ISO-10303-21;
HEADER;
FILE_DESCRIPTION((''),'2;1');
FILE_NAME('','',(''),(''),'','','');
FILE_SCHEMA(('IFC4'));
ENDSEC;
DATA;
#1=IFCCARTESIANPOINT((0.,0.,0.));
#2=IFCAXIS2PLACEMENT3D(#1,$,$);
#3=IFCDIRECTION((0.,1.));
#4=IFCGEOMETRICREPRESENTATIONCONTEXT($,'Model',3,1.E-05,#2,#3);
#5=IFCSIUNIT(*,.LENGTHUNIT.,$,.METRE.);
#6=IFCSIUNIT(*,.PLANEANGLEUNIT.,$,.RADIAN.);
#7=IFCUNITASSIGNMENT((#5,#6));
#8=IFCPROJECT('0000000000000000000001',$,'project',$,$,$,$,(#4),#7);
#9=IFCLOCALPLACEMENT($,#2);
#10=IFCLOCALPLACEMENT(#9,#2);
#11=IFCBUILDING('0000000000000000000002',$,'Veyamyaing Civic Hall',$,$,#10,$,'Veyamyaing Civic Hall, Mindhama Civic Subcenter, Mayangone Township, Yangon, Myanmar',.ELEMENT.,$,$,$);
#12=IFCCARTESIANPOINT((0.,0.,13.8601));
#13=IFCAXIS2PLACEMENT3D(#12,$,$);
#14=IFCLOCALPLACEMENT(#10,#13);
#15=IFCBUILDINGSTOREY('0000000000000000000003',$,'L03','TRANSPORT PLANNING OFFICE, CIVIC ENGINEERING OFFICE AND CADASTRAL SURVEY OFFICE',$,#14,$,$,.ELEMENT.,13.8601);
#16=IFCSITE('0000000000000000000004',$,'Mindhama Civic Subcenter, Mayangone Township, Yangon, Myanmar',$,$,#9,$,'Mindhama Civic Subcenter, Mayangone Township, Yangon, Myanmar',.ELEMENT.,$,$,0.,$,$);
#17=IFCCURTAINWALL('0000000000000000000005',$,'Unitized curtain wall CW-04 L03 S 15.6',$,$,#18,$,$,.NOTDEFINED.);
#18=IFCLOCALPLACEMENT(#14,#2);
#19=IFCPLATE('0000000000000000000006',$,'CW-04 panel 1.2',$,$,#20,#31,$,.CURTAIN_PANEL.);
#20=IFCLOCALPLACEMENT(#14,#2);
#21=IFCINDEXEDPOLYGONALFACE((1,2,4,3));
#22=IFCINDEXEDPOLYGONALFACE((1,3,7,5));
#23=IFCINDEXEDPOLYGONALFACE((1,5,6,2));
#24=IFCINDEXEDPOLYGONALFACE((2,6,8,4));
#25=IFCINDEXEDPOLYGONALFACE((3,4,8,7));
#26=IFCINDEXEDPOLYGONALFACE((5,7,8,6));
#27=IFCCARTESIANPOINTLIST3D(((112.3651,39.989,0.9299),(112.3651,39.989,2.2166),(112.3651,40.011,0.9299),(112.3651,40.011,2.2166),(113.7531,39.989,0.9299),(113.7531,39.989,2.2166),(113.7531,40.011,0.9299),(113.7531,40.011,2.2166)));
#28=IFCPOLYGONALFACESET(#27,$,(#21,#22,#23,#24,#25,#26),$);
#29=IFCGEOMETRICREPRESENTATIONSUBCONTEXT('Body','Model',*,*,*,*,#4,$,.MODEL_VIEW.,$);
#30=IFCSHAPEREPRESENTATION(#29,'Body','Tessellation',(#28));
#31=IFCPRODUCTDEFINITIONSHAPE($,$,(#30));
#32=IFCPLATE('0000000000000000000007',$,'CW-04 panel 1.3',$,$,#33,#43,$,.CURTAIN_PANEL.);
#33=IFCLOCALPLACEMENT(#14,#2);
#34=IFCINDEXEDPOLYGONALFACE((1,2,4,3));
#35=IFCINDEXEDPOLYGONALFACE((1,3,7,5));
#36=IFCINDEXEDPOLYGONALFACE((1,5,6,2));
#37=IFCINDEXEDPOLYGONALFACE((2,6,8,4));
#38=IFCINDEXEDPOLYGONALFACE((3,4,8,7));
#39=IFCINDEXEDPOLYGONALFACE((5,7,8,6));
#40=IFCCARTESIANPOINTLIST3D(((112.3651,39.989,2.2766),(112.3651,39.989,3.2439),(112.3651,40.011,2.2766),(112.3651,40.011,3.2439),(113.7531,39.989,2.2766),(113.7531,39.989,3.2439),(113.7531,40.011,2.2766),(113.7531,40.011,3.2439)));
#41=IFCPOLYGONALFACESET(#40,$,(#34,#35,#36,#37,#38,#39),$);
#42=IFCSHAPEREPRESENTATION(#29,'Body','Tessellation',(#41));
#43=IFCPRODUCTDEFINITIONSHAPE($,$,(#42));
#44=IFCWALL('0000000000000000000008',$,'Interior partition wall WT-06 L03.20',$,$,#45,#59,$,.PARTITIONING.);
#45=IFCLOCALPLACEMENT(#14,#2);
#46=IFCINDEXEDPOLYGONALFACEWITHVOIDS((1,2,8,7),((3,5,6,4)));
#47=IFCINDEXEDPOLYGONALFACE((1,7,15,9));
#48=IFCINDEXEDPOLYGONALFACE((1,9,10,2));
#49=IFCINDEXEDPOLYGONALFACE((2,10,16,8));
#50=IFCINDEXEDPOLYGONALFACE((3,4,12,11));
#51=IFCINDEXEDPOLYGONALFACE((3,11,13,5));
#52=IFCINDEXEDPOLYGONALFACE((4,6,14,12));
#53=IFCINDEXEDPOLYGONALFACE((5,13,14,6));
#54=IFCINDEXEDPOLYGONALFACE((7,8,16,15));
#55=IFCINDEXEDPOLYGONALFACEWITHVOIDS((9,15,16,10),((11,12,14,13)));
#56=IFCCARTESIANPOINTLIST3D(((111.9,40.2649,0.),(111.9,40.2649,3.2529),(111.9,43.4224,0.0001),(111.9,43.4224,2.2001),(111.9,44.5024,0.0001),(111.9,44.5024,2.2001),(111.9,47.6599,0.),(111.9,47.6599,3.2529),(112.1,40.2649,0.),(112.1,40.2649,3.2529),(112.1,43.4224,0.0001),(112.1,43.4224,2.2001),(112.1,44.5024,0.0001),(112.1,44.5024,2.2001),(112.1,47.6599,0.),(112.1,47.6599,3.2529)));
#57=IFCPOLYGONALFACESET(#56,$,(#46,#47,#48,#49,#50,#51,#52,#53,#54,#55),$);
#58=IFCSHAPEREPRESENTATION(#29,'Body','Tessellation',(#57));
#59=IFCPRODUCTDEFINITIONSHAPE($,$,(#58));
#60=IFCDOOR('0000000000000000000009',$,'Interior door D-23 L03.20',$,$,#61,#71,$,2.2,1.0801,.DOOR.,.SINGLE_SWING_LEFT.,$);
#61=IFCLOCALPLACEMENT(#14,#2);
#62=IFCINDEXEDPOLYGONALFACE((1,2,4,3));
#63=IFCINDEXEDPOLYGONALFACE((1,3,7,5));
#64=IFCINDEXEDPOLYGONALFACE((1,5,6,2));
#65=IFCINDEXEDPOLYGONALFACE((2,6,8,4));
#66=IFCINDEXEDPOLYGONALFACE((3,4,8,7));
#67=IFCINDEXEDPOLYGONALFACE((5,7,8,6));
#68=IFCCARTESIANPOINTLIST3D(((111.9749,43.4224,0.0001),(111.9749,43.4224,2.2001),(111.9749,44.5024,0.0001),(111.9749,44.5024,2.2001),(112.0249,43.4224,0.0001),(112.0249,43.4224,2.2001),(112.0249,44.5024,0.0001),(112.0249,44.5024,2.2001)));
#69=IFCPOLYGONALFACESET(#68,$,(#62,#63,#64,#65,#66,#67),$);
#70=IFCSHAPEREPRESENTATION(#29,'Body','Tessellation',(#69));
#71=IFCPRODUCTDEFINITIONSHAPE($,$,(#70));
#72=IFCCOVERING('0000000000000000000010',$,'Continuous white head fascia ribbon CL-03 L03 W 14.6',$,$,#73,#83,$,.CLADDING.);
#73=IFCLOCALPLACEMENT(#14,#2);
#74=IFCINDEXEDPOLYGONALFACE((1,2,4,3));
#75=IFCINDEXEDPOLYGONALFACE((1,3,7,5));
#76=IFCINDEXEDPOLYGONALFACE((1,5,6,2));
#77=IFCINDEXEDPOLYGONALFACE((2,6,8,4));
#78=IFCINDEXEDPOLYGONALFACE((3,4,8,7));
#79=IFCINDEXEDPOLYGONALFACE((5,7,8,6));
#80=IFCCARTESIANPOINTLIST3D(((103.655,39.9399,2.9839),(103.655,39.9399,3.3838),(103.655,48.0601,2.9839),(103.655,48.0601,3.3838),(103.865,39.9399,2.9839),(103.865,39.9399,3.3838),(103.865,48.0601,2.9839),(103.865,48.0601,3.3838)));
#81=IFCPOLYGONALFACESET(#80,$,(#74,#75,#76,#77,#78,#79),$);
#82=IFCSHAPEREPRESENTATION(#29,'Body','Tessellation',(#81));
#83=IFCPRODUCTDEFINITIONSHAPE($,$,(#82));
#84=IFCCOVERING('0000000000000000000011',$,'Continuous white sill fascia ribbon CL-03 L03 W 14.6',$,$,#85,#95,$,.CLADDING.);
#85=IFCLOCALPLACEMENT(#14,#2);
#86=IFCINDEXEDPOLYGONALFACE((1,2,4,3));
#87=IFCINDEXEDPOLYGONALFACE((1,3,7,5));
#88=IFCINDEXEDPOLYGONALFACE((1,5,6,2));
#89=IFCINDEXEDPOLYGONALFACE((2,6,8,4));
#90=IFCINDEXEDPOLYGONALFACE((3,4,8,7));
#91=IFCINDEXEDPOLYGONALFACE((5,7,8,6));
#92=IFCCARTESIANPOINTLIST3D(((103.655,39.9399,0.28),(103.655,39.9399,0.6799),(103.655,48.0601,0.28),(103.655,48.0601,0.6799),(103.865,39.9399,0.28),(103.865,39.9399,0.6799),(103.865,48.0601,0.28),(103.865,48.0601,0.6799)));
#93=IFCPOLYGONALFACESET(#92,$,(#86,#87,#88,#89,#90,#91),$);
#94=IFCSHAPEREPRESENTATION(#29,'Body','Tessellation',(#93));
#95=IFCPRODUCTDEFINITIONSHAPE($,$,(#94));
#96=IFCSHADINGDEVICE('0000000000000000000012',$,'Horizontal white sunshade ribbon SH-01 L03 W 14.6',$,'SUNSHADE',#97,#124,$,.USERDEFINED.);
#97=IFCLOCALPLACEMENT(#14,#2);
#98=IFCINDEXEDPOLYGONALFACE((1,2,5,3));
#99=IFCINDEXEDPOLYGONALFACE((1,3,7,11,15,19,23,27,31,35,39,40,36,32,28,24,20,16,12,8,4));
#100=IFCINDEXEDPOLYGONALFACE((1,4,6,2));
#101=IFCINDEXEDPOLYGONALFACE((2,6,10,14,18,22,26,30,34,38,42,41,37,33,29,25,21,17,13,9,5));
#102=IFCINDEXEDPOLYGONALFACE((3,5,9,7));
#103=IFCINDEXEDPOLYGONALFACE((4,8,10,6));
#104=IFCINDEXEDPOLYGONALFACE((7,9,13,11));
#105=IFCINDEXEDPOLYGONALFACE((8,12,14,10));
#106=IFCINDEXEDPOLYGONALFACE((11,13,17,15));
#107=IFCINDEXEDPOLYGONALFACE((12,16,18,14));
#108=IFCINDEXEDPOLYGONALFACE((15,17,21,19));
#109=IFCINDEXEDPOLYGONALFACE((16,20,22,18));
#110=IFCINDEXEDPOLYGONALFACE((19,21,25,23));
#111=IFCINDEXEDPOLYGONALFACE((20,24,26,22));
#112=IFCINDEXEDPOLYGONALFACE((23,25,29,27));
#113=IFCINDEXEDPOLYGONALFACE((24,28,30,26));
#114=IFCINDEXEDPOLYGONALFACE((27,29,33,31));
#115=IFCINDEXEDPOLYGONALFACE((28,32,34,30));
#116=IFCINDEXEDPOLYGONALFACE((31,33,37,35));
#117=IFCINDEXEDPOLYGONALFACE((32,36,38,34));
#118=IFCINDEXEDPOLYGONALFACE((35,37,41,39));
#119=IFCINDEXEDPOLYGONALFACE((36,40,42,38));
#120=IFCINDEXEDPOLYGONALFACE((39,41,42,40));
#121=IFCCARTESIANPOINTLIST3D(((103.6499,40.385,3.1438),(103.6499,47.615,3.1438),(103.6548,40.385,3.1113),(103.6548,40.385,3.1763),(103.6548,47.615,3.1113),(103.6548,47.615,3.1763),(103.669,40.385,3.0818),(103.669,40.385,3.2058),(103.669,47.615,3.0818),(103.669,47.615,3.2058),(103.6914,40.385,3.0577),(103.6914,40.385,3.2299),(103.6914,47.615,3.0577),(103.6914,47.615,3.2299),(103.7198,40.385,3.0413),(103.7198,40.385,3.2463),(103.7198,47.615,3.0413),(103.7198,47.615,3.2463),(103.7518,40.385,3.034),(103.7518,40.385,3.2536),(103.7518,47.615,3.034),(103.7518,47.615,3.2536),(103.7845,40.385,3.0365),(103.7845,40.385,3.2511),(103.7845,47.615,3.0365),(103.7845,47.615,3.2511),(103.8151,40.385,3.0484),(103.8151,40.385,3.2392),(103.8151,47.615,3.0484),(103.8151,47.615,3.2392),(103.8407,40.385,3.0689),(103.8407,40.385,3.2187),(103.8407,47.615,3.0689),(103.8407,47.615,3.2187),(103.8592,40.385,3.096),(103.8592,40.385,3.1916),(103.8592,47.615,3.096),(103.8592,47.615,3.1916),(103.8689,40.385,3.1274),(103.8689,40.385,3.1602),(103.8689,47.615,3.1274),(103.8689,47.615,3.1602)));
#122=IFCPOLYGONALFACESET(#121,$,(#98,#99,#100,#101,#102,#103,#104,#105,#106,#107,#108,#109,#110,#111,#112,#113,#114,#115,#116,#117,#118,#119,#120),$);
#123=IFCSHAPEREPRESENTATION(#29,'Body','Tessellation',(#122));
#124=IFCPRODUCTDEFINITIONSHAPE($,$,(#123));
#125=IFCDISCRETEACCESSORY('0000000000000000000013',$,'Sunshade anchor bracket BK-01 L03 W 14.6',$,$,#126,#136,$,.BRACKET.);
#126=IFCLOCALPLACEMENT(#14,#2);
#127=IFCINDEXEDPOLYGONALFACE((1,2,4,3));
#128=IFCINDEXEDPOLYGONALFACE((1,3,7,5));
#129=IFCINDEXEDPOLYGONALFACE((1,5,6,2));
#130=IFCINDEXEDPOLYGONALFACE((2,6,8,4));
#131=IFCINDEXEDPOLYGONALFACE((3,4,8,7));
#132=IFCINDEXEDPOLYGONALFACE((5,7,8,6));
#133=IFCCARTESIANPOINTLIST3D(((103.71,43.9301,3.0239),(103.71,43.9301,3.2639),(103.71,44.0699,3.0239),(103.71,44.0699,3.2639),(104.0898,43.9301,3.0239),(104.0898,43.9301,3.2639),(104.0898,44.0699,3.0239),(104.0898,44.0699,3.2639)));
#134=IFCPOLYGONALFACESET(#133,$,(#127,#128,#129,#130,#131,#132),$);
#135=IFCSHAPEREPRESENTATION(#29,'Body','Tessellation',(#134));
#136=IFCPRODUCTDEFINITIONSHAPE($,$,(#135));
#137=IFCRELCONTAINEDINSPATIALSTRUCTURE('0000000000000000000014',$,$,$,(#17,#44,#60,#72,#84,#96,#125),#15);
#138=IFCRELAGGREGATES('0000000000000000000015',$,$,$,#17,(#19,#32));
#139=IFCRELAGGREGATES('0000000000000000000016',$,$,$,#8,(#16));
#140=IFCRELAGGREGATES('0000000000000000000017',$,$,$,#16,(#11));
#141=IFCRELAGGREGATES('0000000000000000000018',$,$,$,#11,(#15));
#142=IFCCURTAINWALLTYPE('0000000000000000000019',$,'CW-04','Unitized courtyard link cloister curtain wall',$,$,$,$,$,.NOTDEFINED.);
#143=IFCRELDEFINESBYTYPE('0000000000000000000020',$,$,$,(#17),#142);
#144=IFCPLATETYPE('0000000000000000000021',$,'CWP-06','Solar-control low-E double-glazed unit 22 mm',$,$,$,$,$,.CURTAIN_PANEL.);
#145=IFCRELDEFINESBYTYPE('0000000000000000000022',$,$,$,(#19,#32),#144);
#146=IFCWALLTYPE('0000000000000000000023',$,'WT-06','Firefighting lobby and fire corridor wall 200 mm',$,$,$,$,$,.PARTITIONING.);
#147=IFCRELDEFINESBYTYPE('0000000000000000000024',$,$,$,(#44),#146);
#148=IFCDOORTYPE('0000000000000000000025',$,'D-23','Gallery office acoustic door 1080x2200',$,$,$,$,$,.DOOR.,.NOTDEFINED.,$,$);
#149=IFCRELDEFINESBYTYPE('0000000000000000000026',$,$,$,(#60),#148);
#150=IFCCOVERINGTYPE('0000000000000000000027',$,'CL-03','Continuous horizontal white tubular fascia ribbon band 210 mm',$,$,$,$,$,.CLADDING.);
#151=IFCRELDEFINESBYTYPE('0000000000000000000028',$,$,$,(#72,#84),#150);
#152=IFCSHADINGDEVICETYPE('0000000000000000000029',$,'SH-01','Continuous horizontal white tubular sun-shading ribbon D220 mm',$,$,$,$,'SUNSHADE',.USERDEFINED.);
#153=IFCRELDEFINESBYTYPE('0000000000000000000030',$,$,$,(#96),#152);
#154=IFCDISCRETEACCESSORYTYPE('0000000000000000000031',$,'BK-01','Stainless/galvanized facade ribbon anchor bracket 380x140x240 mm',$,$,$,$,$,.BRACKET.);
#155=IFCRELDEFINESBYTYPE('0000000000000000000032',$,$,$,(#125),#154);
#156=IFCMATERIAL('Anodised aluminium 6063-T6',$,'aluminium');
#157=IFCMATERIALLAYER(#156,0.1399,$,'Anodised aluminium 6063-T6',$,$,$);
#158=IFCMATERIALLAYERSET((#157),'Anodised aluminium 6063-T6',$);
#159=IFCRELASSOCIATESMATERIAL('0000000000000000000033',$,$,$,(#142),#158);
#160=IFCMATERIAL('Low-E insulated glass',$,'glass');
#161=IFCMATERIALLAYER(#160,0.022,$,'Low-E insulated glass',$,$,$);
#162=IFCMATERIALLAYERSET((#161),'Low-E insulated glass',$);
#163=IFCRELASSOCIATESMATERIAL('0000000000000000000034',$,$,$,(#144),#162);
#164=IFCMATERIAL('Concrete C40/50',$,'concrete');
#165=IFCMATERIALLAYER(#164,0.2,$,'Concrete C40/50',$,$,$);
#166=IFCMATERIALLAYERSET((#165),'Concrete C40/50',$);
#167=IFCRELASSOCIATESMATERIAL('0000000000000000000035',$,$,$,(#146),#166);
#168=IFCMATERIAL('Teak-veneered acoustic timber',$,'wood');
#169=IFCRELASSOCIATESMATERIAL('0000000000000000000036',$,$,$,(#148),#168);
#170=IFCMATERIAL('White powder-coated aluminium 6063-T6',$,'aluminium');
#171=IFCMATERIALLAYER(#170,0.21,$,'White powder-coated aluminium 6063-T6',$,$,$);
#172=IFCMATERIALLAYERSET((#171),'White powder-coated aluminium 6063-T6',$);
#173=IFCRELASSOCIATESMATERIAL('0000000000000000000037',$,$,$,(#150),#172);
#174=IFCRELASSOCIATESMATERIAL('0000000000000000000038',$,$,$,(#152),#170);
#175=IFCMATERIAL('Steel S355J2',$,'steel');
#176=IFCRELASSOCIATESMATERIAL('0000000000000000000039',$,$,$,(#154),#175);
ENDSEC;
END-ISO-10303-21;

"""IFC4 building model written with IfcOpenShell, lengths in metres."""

from ifc_helpers import new_model, si_unit, direction, frame, frame_2d, origin, origin_2d, place, context, subcontext, project, spatial, rectangle, circle, extrude, material, layer, layer_set, material_profile, profile_set, type_object, element, fill, aggregate, save


model = new_model("IFC4")

# Units and contexts
model_context = context("Model", 3, precision=1e-05, world=origin(), true_north=direction((0.0, 1.0)))
body_context = subcontext(model_context, "Body", "Model", "MODEL_VIEW")
ifc_project = project(units=[si_unit("LENGTHUNIT", "METRE"), si_unit("PLANEANGLEUNIT", "RADIAN")], contexts=[model_context])

# Site, building, storey
site_placement = place(None, origin())
site = spatial("IfcSite", under=ifc_project, at=site_placement, Name="Mindhama Civic Subcenter, Mayangone Township, Yangon, Myanmar", LongName="Mindhama Civic Subcenter, Mayangone Township, Yangon, Myanmar", CompositionType="ELEMENT", RefElevation=0.0)
building_placement = place(site_placement, origin())
building = spatial("IfcBuilding", under=site, at=building_placement, Name="Veyamyaing Civic Hall", LongName="Veyamyaing Civic Hall, Mindhama Civic Subcenter, Mayangone Township, Yangon, Myanmar", CompositionType="ELEMENT")
storey_placement = place(building_placement, frame((0.0, 0.0, 13.8601)))
storey = spatial("IfcBuildingStorey", under=building, at=storey_placement, Name="L03", Description="TRANSPORT PLANNING OFFICE, CIVIC ENGINEERING OFFICE AND CADASTRAL SURVEY OFFICE", CompositionType="ELEMENT", Elevation=13.8601)

# Shared definitions
ifc_material_1 = material(Name="Anodised aluminium 6063-T6", Category="aluminium")

# Curtain wall
ifc_layer_1 = layer(ifc_material_1, 0.1399, Name="Anodised aluminium 6063-T6")
ifc_layer_set_1 = layer_set([ifc_layer_1], Name="Anodised aluminium 6063-T6")
curtain_wall_type_1 = type_object("IfcCurtainWallType", Name="CW-04", Description="Unitized courtyard link cloister curtain wall", PredefinedType="NOTDEFINED", material=ifc_layer_set_1)
curtain_wall_1_placement = place(storey_placement, origin())
curtain_wall_1 = element("IfcCurtainWall", 1, at=curtain_wall_1_placement, inside=storey, type_object=curtain_wall_type_1, Name="Unitized curtain wall CW-04 L03 S 15.6", PredefinedType="NOTDEFINED")

# Plates
ifc_material_2 = material(Name="Low-E insulated glass", Category="glass")
ifc_layer_2 = layer(ifc_material_2, 0.022, Name="Low-E insulated glass")
ifc_layer_set_2 = layer_set([ifc_layer_2], Name="Low-E insulated glass")
plate_type_1 = type_object("IfcPlateType", Name="CWP-06", Description="Solar-control low-E double-glazed unit 22 mm", PredefinedType="CURTAIN_PANEL", material=ifc_layer_set_2)
plate_1_placement = place(storey_placement, frame((113.0591, 40.0, 0.9299), z_axis=(0.0, 0.0, 1.0), x_axis=(1.0, 0.0, 0.0)))
plate_1 = element("IfcPlate", 2, at=plate_1_placement, type_object=plate_type_1, Name="CW-04 panel 1.2", PredefinedType="CURTAIN_PANEL", context=body_context, shape_type="SweptSolid", body=[
    extrude(rectangle(XDim=1.3879, YDim=0.022, at=origin_2d()), origin(), (0.0, 0.0, 1.0), 1.2866),
])
plate_2_placement = place(storey_placement, frame((113.0591, 40.0, 2.2766), z_axis=(0.0, 0.0, 1.0), x_axis=(1.0, 0.0, 0.0)))
plate_2 = element("IfcPlate", 3, at=plate_2_placement, type_object=plate_type_1, Name="CW-04 panel 1.3", PredefinedType="CURTAIN_PANEL", context=body_context, shape_type="SweptSolid", body=[
    extrude(rectangle(XDim=1.3879, YDim=0.022, at=origin_2d()), origin(), (0.0, 0.0, 1.0), 0.9673),
])
aggregate(curtain_wall_1, [plate_1, plate_2])

# Wall, opening, door
ifc_material_3 = material(Name="Concrete C40/50", Category="concrete")
ifc_layer_3 = layer(ifc_material_3, 0.2, Name="Concrete C40/50")
ifc_layer_set_3 = layer_set([ifc_layer_3], Name="Concrete C40/50")
wall_type = type_object("IfcWallType", Name="WT-06", Description="Firefighting lobby and fire corridor wall 200 mm", PredefinedType="PARTITIONING", material=ifc_layer_set_3)
wall_placement = place(storey_placement, frame((112.0, 40.2649, 0.0), z_axis=(0.0, 0.0, 1.0), x_axis=(0.0, 1.0, 0.0)))
wall = element("IfcWall", 4, at=wall_placement, inside=storey, type_object=wall_type, Name="Interior partition wall WT-06 L03.20", PredefinedType="PARTITIONING", context=body_context, shape_type="SweptSolid", body=[
    extrude(rectangle(XDim=7.395, YDim=0.2, at=frame_2d((3.6975, 0.0))), origin(), (0.0, 0.0, 1.0), 3.2529),
])
opening_placement = place(wall_placement, frame((3.1575, 0.0, 0.0)))
opening = element("IfcOpeningElement", 5, at=opening_placement, cuts=wall, PredefinedType="OPENING", context=body_context, shape_type="SweptSolid", body=[
    extrude(rectangle(XDim=1.0801, YDim=2.2, at=frame_2d((0.54, 1.1001))), frame((0.0, 0.1099, 0.0), z_axis=(0.0, -1.0, 0.0), x_axis=(1.0, 0.0, 0.0)), (0.0, 0.0, 1.0), 0.22),
])
ifc_material_4 = material(Name="Teak-veneered acoustic timber", Category="wood")
door_type = type_object("IfcDoorType", Name="D-23", Description="Gallery office acoustic door 1080x2200", OperationType="NOTDEFINED", PredefinedType="DOOR", material=ifc_material_4)
door_placement = place(opening_placement, frame((1.0801, 0.0, 0.0), z_axis=(0.0, 0.0, 1.0), x_axis=(-1.0, 0.0, 0.0)))
door = element("IfcDoor", 6, at=door_placement, inside=storey, type_object=door_type, Name="Interior door D-23 L03.20", OperationType="SINGLE_SWING_LEFT", OverallHeight=2.2, OverallWidth=1.0801, PredefinedType="DOOR", context=body_context, shape_type="SweptSolid", body=[
    extrude(rectangle(XDim=1.0801, YDim=2.2, at=frame_2d((0.54, 1.1001))), frame((0.0, 0.0249, 0.0), z_axis=(0.0, -1.0, 0.0), x_axis=(1.0, 0.0, 0.0)), (0.0, 0.0, 1.0), 0.05),
])
fill(opening, door)

# Coverings
ifc_material_5 = material(Name="White powder-coated aluminium 6063-T6", Category="aluminium")
ifc_layer_4 = layer(ifc_material_5, 0.21, Name="White powder-coated aluminium 6063-T6")
ifc_layer_set_4 = layer_set([ifc_layer_4], Name="White powder-coated aluminium 6063-T6")
covering_type = type_object("IfcCoveringType", Name="CL-03", Description="Continuous horizontal white tubular fascia ribbon band 210 mm", PredefinedType="CLADDING", material=ifc_layer_set_4)
for number, where, z_axis, x_axis, name in (
    (7, (103.76, 44.0, 2.9839), (0.0, 0.0, 1.0), (0.0, 1.0, 0.0), "Continuous white head fascia ribbon CL-03 L03 W 14.6"),
    (8, (103.76, 44.0, 0.28), (0.0, 0.0, 1.0), (0.0, 1.0, 0.0), "Continuous white sill fascia ribbon CL-03 L03 W 14.6"),
):
    element("IfcCovering", number, at=place(storey_placement, frame(where, z_axis=z_axis, x_axis=x_axis)), inside=storey, type_object=covering_type, Name=name, PredefinedType="CLADDING", context=body_context, shape_type="SweptSolid", body=[
        extrude(rectangle(XDim=8.1201, YDim=0.21, at=origin_2d()), origin(), (0.0, 0.0, 1.0), 0.3999),
    ])

# Shading device
ifc_material_profile_1 = material_profile(ifc_material_5, circle(Radius=0.1101, at=origin_2d()), Name="SHADE-TUBE-220")
ifc_profile_set_1 = profile_set([ifc_material_profile_1], Name="White powder-coated aluminium 6063-T6")
shading_device_type = type_object("IfcShadingDeviceType", Name="SH-01", Description="Continuous horizontal white tubular sun-shading ribbon D220 mm", ElementType="SUNSHADE", PredefinedType="USERDEFINED", material=ifc_profile_set_1)
shading_device_placement = place(storey_placement, frame((103.76, 40.385, 3.1438), z_axis=(0.0, 1.0, 0.0), x_axis=(-1.0, 0.0, 0.0)))
element("IfcShadingDevice", 9, at=shading_device_placement, inside=storey, type_object=shading_device_type, Name="Horizontal white sunshade ribbon SH-01 L03 W 14.6", ObjectType="SUNSHADE", PredefinedType="USERDEFINED", context=body_context, shape_type="SweptSolid", body=[
    extrude(circle(Radius=0.1101, at=origin_2d()), origin(), (0.0, 0.0, 1.0), 7.23),
])

# Discrete accessory
ifc_material_6 = material(Name="Steel S355J2", Category="steel")
discrete_accessory_type = type_object("IfcDiscreteAccessoryType", Name="BK-01", Description="Stainless/galvanized facade ribbon anchor bracket 380x140x240 mm", PredefinedType="BRACKET", material=ifc_material_6)
discrete_accessory_placement = place(storey_placement, frame((103.8999, 44.0, 3.0239), z_axis=(0.0, 0.0, 1.0), x_axis=(-1.0, 0.0, 0.0)))
element("IfcDiscreteAccessory", 10, at=discrete_accessory_placement, inside=storey, type_object=discrete_accessory_type, Name="Sunshade anchor bracket BK-01 L03 W 14.6", PredefinedType="BRACKET", context=body_context, shape_type="SweptSolid", body=[
    extrude(rectangle(XDim=0.3799, YDim=0.1399, at=origin_2d()), origin(), (0.0, 0.0, 1.0), 0.24),
])

save(model, "model.ifc")
